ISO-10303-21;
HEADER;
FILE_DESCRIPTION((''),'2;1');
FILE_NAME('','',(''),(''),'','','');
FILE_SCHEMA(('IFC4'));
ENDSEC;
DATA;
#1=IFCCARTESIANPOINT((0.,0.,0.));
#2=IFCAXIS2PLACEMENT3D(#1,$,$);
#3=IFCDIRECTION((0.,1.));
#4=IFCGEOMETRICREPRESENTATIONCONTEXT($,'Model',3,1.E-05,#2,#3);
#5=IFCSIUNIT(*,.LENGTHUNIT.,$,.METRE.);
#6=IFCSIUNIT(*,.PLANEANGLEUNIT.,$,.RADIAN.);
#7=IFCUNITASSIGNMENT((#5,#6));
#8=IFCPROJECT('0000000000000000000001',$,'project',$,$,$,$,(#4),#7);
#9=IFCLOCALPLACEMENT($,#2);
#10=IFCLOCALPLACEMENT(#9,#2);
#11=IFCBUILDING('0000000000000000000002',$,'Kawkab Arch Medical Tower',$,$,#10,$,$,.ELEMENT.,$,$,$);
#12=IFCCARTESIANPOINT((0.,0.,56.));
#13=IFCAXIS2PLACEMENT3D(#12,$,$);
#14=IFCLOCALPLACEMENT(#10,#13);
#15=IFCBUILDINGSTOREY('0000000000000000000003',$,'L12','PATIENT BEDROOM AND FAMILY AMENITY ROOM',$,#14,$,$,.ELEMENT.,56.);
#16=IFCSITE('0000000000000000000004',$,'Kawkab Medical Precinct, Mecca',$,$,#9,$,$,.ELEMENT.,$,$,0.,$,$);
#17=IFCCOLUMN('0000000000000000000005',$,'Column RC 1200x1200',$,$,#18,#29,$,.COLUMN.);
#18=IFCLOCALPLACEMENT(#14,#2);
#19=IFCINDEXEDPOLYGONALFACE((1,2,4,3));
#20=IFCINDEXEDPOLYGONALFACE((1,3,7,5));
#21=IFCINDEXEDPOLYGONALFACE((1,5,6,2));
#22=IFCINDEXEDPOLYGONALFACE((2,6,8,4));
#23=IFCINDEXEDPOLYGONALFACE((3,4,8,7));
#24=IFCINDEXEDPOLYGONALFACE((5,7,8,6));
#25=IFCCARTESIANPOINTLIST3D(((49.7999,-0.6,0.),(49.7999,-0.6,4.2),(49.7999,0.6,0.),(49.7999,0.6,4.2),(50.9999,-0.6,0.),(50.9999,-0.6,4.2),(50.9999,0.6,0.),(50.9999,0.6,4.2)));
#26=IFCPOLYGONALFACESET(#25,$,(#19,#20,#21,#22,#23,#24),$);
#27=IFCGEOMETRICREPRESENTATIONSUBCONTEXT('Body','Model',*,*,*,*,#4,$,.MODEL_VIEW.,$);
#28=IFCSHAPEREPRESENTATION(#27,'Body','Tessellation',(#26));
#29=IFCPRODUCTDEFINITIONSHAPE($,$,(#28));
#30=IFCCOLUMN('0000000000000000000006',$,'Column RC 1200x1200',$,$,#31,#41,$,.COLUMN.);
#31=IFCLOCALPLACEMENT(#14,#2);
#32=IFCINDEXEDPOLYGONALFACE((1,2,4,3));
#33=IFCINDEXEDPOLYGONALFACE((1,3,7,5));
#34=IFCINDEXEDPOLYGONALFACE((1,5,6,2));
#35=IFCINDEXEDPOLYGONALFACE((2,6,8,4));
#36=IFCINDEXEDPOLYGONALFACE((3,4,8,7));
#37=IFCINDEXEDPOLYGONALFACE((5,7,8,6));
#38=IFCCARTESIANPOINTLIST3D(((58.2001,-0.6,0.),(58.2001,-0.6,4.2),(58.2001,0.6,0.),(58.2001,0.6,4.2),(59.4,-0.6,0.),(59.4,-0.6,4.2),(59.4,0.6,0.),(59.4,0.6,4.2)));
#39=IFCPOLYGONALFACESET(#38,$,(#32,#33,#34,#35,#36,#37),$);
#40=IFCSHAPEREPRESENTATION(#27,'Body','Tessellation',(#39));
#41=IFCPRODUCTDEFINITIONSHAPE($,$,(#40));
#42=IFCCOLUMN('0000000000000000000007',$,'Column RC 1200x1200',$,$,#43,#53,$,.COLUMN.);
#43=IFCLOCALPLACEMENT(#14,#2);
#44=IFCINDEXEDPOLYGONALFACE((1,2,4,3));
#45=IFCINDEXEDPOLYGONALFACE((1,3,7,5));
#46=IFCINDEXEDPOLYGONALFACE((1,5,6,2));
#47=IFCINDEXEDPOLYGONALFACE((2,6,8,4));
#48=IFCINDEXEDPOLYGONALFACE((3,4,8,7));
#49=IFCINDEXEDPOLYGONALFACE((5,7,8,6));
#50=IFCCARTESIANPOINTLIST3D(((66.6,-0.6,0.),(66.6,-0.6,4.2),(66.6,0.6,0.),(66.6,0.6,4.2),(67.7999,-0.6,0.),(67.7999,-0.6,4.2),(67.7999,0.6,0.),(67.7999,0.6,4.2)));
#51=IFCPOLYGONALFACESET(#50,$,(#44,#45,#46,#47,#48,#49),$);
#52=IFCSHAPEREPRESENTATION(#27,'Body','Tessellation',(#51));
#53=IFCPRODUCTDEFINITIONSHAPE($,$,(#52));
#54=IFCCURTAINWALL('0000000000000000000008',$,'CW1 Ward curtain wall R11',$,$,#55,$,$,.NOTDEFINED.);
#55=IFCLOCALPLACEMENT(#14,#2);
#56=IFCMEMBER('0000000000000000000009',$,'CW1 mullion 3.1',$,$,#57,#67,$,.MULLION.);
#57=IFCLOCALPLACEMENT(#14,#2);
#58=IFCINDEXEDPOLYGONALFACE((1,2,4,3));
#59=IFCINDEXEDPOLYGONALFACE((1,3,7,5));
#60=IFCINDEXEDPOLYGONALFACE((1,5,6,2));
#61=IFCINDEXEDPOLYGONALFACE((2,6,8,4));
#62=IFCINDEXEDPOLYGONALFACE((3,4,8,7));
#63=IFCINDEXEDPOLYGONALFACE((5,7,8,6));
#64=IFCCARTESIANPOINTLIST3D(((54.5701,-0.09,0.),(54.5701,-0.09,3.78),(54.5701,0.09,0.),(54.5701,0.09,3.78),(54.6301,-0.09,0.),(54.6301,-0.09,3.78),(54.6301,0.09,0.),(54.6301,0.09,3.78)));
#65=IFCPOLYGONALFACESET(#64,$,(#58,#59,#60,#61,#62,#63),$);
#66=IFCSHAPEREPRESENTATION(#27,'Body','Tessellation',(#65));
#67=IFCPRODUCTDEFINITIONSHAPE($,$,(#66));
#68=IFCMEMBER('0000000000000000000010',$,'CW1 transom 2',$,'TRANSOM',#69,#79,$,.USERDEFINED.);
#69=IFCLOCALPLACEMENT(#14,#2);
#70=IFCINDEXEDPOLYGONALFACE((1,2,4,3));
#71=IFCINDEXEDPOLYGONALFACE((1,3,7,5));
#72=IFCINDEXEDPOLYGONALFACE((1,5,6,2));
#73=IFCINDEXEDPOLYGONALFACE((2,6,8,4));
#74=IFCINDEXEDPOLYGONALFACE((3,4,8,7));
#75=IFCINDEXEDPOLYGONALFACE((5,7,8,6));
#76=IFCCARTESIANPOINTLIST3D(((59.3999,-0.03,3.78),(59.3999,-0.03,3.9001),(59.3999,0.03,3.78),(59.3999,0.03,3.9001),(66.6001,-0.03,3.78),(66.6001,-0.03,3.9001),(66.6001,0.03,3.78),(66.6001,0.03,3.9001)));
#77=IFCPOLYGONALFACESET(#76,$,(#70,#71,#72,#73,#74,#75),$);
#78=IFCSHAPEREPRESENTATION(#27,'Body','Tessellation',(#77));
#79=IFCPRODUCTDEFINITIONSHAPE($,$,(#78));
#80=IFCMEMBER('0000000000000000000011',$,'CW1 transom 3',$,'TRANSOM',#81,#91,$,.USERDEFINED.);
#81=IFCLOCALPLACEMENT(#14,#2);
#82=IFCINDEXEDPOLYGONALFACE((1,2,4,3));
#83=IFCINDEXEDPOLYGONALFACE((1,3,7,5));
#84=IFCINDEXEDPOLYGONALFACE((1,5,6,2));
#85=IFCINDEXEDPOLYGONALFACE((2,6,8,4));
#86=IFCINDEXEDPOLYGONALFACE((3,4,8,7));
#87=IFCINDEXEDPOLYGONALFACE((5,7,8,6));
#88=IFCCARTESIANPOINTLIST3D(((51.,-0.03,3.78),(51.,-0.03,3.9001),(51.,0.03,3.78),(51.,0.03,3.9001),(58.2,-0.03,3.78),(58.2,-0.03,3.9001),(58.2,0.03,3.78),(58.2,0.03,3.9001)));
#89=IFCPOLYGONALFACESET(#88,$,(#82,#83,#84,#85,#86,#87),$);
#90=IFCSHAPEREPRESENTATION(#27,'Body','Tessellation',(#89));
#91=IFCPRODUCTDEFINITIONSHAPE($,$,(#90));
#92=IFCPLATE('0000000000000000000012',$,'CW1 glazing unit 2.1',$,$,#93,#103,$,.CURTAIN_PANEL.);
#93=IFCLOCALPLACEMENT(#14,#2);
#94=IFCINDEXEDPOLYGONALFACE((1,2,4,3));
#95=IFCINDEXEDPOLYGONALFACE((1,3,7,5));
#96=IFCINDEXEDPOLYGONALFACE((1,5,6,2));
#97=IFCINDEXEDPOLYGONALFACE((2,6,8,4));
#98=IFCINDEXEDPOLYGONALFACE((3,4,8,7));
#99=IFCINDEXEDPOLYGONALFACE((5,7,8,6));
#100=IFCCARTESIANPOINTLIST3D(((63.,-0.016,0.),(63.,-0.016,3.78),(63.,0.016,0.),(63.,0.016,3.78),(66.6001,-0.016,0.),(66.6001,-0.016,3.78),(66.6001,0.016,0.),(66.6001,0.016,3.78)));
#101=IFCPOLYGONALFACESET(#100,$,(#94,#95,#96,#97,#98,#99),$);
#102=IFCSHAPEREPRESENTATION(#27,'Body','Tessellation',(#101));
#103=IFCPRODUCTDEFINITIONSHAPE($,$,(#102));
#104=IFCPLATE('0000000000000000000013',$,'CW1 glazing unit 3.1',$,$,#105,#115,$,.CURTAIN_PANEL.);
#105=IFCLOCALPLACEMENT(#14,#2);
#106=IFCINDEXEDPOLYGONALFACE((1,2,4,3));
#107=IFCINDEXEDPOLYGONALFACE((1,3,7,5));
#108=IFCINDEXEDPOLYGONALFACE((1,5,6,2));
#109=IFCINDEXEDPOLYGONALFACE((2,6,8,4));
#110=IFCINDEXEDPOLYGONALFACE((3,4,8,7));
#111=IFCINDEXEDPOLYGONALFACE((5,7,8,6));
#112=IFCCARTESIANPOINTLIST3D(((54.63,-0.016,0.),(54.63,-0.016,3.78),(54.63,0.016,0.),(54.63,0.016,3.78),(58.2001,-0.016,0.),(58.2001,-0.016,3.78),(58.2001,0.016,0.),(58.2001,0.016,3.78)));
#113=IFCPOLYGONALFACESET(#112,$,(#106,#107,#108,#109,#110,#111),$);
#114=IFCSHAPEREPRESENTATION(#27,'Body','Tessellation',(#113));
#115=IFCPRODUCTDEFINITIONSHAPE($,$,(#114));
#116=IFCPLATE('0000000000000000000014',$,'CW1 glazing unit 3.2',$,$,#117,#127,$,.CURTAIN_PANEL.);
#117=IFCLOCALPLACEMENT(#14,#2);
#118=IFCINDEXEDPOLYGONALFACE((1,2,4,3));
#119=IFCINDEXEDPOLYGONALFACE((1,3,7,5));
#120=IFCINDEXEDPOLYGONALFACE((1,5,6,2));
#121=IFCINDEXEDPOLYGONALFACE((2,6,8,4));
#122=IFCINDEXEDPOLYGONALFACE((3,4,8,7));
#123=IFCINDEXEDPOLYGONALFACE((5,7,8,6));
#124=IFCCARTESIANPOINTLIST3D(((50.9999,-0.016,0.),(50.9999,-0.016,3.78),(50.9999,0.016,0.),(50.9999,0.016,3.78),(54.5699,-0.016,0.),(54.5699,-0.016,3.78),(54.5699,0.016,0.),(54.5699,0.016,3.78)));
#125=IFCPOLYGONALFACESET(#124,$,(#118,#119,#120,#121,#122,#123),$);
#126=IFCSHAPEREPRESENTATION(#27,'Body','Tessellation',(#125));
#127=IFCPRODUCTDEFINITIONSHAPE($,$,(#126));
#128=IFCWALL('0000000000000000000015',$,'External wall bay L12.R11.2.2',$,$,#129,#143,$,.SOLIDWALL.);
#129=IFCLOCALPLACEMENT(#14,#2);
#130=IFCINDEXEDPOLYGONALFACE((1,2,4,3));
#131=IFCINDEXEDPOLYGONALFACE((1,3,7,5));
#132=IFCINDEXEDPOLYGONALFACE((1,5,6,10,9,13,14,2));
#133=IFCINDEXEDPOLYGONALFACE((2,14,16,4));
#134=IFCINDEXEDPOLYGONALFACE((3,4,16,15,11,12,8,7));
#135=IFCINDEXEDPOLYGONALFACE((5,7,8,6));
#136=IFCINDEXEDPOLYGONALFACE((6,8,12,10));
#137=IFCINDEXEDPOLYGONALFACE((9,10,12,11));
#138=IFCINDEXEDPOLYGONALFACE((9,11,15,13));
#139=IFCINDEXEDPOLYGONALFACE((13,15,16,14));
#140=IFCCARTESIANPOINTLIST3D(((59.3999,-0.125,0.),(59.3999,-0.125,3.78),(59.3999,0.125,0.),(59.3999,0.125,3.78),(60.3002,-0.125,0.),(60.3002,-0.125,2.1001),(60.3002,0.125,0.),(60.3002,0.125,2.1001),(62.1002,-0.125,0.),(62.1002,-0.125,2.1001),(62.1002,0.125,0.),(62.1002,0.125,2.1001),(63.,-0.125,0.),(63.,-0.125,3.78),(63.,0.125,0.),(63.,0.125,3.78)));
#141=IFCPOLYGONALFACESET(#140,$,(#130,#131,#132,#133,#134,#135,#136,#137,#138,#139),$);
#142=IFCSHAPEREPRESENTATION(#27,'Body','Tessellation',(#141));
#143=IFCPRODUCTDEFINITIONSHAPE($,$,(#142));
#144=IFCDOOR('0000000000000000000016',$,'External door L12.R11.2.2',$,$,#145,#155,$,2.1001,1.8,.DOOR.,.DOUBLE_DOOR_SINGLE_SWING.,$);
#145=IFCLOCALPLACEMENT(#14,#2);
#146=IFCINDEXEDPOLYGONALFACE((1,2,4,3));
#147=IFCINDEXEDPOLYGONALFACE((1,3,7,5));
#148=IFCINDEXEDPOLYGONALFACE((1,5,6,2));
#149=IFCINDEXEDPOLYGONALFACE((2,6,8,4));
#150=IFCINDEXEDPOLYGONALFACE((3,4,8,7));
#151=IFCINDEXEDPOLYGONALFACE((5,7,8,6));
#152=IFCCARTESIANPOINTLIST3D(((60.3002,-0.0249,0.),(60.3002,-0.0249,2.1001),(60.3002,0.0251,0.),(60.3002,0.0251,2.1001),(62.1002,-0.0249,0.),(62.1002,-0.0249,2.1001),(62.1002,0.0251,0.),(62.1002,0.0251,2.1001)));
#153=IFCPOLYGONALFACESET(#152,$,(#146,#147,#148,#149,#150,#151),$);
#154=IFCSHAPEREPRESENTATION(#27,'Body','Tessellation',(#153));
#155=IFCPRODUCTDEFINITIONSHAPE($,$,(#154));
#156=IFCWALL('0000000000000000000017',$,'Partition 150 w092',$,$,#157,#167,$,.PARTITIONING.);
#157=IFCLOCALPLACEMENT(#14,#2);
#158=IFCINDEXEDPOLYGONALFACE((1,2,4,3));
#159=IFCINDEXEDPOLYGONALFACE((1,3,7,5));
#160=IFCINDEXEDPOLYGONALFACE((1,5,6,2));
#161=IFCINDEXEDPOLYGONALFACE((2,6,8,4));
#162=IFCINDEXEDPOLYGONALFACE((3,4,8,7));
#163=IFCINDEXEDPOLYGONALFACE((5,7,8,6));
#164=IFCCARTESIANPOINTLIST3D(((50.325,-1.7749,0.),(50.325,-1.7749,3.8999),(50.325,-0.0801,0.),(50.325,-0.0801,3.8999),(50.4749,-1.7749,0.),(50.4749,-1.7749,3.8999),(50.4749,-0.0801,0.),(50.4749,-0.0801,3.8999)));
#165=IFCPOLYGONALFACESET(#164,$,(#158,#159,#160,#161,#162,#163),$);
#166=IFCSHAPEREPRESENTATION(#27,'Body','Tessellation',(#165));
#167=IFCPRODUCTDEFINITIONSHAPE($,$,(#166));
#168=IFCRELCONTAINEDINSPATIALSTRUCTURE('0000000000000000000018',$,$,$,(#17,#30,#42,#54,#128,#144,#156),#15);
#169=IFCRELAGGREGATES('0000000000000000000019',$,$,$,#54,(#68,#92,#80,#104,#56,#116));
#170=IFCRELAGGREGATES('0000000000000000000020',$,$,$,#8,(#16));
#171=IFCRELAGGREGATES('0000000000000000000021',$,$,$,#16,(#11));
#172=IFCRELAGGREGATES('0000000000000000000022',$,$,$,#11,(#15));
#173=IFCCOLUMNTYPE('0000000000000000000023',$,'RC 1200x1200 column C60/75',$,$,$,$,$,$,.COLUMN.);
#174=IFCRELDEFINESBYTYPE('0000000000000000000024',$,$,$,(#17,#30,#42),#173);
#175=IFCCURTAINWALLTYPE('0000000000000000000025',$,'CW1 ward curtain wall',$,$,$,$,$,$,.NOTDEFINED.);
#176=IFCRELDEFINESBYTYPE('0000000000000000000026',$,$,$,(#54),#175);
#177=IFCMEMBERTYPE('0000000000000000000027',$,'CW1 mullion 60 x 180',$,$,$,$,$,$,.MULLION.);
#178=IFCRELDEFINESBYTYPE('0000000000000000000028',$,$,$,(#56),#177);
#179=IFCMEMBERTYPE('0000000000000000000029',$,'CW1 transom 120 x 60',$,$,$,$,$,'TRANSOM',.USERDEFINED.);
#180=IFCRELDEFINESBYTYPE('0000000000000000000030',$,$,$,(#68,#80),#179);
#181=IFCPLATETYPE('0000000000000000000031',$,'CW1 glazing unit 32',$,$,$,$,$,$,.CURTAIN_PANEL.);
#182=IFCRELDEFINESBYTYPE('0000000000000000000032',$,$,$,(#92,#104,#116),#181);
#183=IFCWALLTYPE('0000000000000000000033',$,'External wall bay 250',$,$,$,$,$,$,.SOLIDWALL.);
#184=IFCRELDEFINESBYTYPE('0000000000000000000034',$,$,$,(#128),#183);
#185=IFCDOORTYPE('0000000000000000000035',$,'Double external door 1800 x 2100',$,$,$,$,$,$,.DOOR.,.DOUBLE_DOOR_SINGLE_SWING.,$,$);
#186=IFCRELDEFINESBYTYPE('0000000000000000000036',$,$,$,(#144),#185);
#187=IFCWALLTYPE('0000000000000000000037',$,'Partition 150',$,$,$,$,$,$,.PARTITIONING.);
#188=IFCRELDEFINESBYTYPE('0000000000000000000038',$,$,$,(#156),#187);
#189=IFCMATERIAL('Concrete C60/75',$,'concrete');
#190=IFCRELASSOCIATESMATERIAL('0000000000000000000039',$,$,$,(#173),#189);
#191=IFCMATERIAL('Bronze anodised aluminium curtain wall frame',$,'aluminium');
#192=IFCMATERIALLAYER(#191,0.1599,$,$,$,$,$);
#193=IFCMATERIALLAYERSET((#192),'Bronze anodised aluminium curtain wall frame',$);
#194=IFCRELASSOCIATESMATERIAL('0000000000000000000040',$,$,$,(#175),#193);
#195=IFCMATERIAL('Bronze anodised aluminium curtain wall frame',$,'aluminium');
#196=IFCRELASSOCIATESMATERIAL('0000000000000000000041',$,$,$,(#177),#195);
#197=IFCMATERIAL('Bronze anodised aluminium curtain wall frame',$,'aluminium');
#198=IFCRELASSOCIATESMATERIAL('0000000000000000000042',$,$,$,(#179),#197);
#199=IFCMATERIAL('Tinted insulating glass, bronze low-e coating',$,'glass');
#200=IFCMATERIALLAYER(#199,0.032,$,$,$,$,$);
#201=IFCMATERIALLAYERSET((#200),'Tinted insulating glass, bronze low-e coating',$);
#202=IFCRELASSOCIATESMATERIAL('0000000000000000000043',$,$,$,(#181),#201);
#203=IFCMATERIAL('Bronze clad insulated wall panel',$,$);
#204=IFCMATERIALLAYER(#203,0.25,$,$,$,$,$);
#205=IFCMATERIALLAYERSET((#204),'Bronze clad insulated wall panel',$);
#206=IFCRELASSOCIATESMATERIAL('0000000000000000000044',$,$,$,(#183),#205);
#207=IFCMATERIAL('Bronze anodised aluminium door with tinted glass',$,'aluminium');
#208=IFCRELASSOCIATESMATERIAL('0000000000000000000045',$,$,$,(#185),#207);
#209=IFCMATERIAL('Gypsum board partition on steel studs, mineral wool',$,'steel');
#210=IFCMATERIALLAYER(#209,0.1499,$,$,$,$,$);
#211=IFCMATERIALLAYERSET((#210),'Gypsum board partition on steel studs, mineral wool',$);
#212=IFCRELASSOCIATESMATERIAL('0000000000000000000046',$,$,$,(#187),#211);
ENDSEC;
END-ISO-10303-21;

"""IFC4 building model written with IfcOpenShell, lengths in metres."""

from ifc_helpers import new_model, si_unit, direction, frame, frame_2d, origin, origin_2d, place, context, subcontext, project, spatial, rectangle, extrude, material, layer, layer_set, material_profile, profile_set, type_object, element, fill, aggregate, save


model = new_model("IFC4")

# Units and contexts
model_context = context("Model", 3, precision=1e-05, world=origin(), true_north=direction((0.0, 1.0)))
body_context = subcontext(model_context, "Body", "Model", "MODEL_VIEW")
ifc_project = project(units=[si_unit("LENGTHUNIT", "METRE"), si_unit("PLANEANGLEUNIT", "RADIAN")], contexts=[model_context])

# Site, building, storey
site_placement = place(None, origin())
site = spatial("IfcSite", under=ifc_project, at=site_placement, Name="Kawkab Medical Precinct, Mecca", CompositionType="ELEMENT", RefElevation=0.0)
building_placement = place(site_placement, origin())
building = spatial("IfcBuilding", under=site, at=building_placement, Name="Kawkab Arch Medical Tower", CompositionType="ELEMENT")
storey_placement = place(building_placement, frame((0.0, 0.0, 56.0)))
storey = spatial("IfcBuildingStorey", under=building, at=storey_placement, Name="L12", Description="PATIENT BEDROOM AND FAMILY AMENITY ROOM", CompositionType="ELEMENT", Elevation=56.0)

# Columns
ifc_material_1 = material(Name="Concrete C60/75", Category="concrete")
ifc_material_profile_1 = material_profile(ifc_material_1, rectangle(XDim=1.2, YDim=1.2, at=origin_2d()), Name="RC 1200x1200")
ifc_profile_set_1 = profile_set([ifc_material_profile_1], Name="Concrete C60/75")
column_type = type_object("IfcColumnType", Name="RC 1200x1200 column C60/75", PredefinedType="COLUMN", material=ifc_profile_set_1)
for number, where, z_axis, x_axis, name in (
    (1, (50.3999, 0.0, 0.0), (0.0, 0.0, 1.0), (1.0, 0.0, 0.0), "Column RC 1200x1200"),
    (2, (58.8, 0.0, 0.0), (0.0, 0.0, 1.0), (1.0, 0.0, 0.0), "Column RC 1200x1200"),
    (3, (67.2, 0.0, 0.0), (0.0, 0.0, 1.0), (1.0, 0.0, 0.0), "Column RC 1200x1200"),
):
    element("IfcColumn", number, at=place(storey_placement, frame(where, z_axis=z_axis, x_axis=x_axis)), inside=storey, type_object=column_type, Name=name, PredefinedType="COLUMN", context=body_context, shape_type="SweptSolid", body=[
        extrude(rectangle(XDim=1.2, YDim=1.2, at=origin_2d()), origin(), (0.0, 0.0, 1.0), 4.2),
    ])

# Curtain wall, members, plates
ifc_material_2 = material(Name="Bronze anodised aluminium curtain wall frame", Category="aluminium")
ifc_layer_1 = layer(ifc_material_2, 0.1599)
ifc_layer_set_1 = layer_set([ifc_layer_1], Name="Bronze anodised aluminium curtain wall frame")
curtain_wall_type = type_object("IfcCurtainWallType", Name="CW1 ward curtain wall", PredefinedType="NOTDEFINED", material=ifc_layer_set_1)
curtain_wall_placement = place(storey_placement, origin())
curtain_wall = element("IfcCurtainWall", 4, at=curtain_wall_placement, inside=storey, type_object=curtain_wall_type, Name="CW1 Ward curtain wall R11", PredefinedType="NOTDEFINED")
ifc_material_3 = material(Name="Bronze anodised aluminium curtain wall frame", Category="aluminium")
ifc_material_profile_2 = material_profile(ifc_material_3, rectangle(XDim=0.1799, YDim=0.0601, at=origin_2d()), Name="AL 60x180")
ifc_profile_set_2 = profile_set([ifc_material_profile_2], Name="Bronze anodised aluminium curtain wall frame")
member_type_1 = type_object("IfcMemberType", Name="CW1 mullion 60 x 180", PredefinedType="MULLION", material=ifc_profile_set_2)
member_1_placement = place(storey_placement, frame((54.6001, 0.0, 0.0), z_axis=(0.0, 0.0, 1.0), x_axis=(0.0, -1.0, 0.0)))
member_1 = element("IfcMember", 5, at=member_1_placement, type_object=member_type_1, Name="CW1 mullion 3.1", PredefinedType="MULLION", context=body_context, shape_type="SweptSolid", body=[
    extrude(rectangle(XDim=0.1799, YDim=0.0601, at=origin_2d()), origin(), (0.0, 0.0, 1.0), 3.78),
])
ifc_material_4 = material(Name="Bronze anodised aluminium curtain wall frame", Category="aluminium")
ifc_material_profile_3 = material_profile(ifc_material_4, rectangle(XDim=0.0601, YDim=0.1201, at=origin_2d()), Name="AL 60x120")
ifc_profile_set_3 = profile_set([ifc_material_profile_3], Name="Bronze anodised aluminium curtain wall frame")
member_type_2 = type_object("IfcMemberType", Name="CW1 transom 120 x 60", ElementType="TRANSOM", PredefinedType="USERDEFINED", material=ifc_profile_set_3)
member_2_placement = place(storey_placement, frame((66.6001, 0.0, 3.8401), z_axis=(-1.0, 0.0, 0.0), x_axis=(0.0, -1.0, 0.0)))
member_2 = element("IfcMember", 6, at=member_2_placement, type_object=member_type_2, Name="CW1 transom 2", ObjectType="TRANSOM", PredefinedType="USERDEFINED", context=body_context, shape_type="SweptSolid", body=[
    extrude(rectangle(XDim=0.0601, YDim=0.1201, at=origin_2d()), origin(), (0.0, 0.0, 1.0), 7.2002),
])
member_3_placement = place(storey_placement, frame((58.2, 0.0, 3.8401), z_axis=(-1.0, 0.0, 0.0), x_axis=(0.0, -1.0, 0.0)))
member_3 = element("IfcMember", 7, at=member_3_placement, type_object=member_type_2, Name="CW1 transom 3", ObjectType="TRANSOM", PredefinedType="USERDEFINED", context=body_context, shape_type="SweptSolid", body=[
    extrude(rectangle(XDim=0.0601, YDim=0.1201, at=origin_2d()), origin(), (0.0, 0.0, 1.0), 7.2),
])
ifc_material_5 = material(Name="Tinted insulating glass, bronze low-e coating", Category="glass")
ifc_layer_2 = layer(ifc_material_5, 0.032)
ifc_layer_set_2 = layer_set([ifc_layer_2], Name="Tinted insulating glass, bronze low-e coating")
plate_type = type_object("IfcPlateType", Name="CW1 glazing unit 32", PredefinedType="CURTAIN_PANEL", material=ifc_layer_set_2)
plate_1_placement = place(storey_placement, frame((64.8, 0.0, 0.0), z_axis=(0.0, 0.0, 1.0), x_axis=(-1.0, 0.0, 0.0)))
plate_1 = element("IfcPlate", 8, at=plate_1_placement, type_object=plate_type, Name="CW1 glazing unit 2.1", PredefinedType="CURTAIN_PANEL", context=body_context, shape_type="SweptSolid", body=[
    extrude(rectangle(XDim=3.6001, YDim=0.032, at=origin_2d()), origin(), (0.0, 0.0, 1.0), 3.78),
])
plate_2_placement = place(storey_placement, frame((56.415, 0.0, 0.0), z_axis=(0.0, 0.0, 1.0), x_axis=(-1.0, 0.0, 0.0)))
plate_2 = element("IfcPlate", 9, at=plate_2_placement, type_object=plate_type, Name="CW1 glazing unit 3.1", PredefinedType="CURTAIN_PANEL", context=body_context, shape_type="SweptSolid", body=[
    extrude(rectangle(XDim=3.5701, YDim=0.032, at=origin_2d()), origin(), (0.0, 0.0, 1.0), 3.78),
])
plate_3_placement = place(storey_placement, frame((52.7849, 0.0, 0.0), z_axis=(0.0, 0.0, 1.0), x_axis=(-1.0, 0.0, 0.0)))
plate_3 = element("IfcPlate", 10, at=plate_3_placement, type_object=plate_type, Name="CW1 glazing unit 3.2", PredefinedType="CURTAIN_PANEL", context=body_context, shape_type="SweptSolid", body=[
    extrude(rectangle(XDim=3.5701, YDim=0.032, at=origin_2d()), origin(), (0.0, 0.0, 1.0), 3.78),
])
aggregate(curtain_wall, [member_2, plate_1, member_3, plate_2, member_1, plate_3])

# Wall, opening, door
ifc_material_6 = material(Name="Bronze clad insulated wall panel")
ifc_layer_3 = layer(ifc_material_6, 0.25)
ifc_layer_set_3 = layer_set([ifc_layer_3], Name="Bronze clad insulated wall panel")
wall_type_1 = type_object("IfcWallType", Name="External wall bay 250", PredefinedType="SOLIDWALL", material=ifc_layer_set_3)
wall_1_placement = place(storey_placement, frame((63.0, 0.0, 0.0), z_axis=(0.0, 0.0, 1.0), x_axis=(-1.0, 0.0, 0.0)))
wall_1 = element("IfcWall", 11, at=wall_1_placement, inside=storey, type_object=wall_type_1, Name="External wall bay L12.R11.2.2", PredefinedType="SOLIDWALL", context=body_context, shape_type="SweptSolid", body=[
    extrude(rectangle(XDim=3.6001, YDim=0.25, at=frame_2d((1.8, 0.0))), origin(), (0.0, 0.0, 1.0), 3.78),
])
opening_placement = place(wall_1_placement, frame((0.8999, 0.0, 0.0)))
opening = element("IfcOpeningElement", 12, at=opening_placement, cuts=wall_1, PredefinedType="OPENING", context=body_context, shape_type="SweptSolid", body=[
    extrude(rectangle(XDim=1.8, YDim=2.1001, at=frame_2d((0.8999, 1.05))), frame((0.0, 0.135, 0.0), z_axis=(0.0, -1.0, 0.0), x_axis=(1.0, 0.0, 0.0)), (0.0, 0.0, 1.0), 0.27),
])
ifc_material_7 = material(Name="Bronze anodised aluminium door with tinted glass", Category="aluminium")
door_type = type_object("IfcDoorType", Name="Double external door 1800 x 2100", OperationType="DOUBLE_DOOR_SINGLE_SWING", PredefinedType="DOOR", material=ifc_material_7)
door_placement = place(opening_placement, origin())
door = element("IfcDoor", 13, at=door_placement, inside=storey, type_object=door_type, Name="External door L12.R11.2.2", OperationType="DOUBLE_DOOR_SINGLE_SWING", OverallHeight=2.1001, OverallWidth=1.8, PredefinedType="DOOR", context=body_context, shape_type="SweptSolid", body=[
    extrude(rectangle(XDim=1.8, YDim=2.1001, at=frame_2d((0.8999, 1.05))), frame((0.0, 0.0249, 0.0), z_axis=(0.0, -1.0, 0.0), x_axis=(1.0, 0.0, 0.0)), (0.0, 0.0, 1.0), 0.05),
])
fill(opening, door)

# Wall
ifc_material_8 = material(Name="Gypsum board partition on steel studs, mineral wool", Category="steel")
ifc_layer_4 = layer(ifc_material_8, 0.1499)
ifc_layer_set_4 = layer_set([ifc_layer_4], Name="Gypsum board partition on steel studs, mineral wool")
wall_type_2 = type_object("IfcWallType", Name="Partition 150", PredefinedType="PARTITIONING", material=ifc_layer_set_4)
wall_2_placement = place(storey_placement, frame((50.3999, -1.7749, 0.0), z_axis=(0.0, 0.0, 1.0), x_axis=(0.0, 1.0, 0.0)))
element("IfcWall", 14, at=wall_2_placement, inside=storey, type_object=wall_type_2, Name="Partition 150 w092", PredefinedType="PARTITIONING", context=body_context, shape_type="SweptSolid", body=[
    extrude(rectangle(XDim=1.6948, YDim=0.1499, at=frame_2d((0.8474, 0.0))), origin(), (0.0, 0.0, 1.0), 3.8999),
])

save(model, "model.ifc")
